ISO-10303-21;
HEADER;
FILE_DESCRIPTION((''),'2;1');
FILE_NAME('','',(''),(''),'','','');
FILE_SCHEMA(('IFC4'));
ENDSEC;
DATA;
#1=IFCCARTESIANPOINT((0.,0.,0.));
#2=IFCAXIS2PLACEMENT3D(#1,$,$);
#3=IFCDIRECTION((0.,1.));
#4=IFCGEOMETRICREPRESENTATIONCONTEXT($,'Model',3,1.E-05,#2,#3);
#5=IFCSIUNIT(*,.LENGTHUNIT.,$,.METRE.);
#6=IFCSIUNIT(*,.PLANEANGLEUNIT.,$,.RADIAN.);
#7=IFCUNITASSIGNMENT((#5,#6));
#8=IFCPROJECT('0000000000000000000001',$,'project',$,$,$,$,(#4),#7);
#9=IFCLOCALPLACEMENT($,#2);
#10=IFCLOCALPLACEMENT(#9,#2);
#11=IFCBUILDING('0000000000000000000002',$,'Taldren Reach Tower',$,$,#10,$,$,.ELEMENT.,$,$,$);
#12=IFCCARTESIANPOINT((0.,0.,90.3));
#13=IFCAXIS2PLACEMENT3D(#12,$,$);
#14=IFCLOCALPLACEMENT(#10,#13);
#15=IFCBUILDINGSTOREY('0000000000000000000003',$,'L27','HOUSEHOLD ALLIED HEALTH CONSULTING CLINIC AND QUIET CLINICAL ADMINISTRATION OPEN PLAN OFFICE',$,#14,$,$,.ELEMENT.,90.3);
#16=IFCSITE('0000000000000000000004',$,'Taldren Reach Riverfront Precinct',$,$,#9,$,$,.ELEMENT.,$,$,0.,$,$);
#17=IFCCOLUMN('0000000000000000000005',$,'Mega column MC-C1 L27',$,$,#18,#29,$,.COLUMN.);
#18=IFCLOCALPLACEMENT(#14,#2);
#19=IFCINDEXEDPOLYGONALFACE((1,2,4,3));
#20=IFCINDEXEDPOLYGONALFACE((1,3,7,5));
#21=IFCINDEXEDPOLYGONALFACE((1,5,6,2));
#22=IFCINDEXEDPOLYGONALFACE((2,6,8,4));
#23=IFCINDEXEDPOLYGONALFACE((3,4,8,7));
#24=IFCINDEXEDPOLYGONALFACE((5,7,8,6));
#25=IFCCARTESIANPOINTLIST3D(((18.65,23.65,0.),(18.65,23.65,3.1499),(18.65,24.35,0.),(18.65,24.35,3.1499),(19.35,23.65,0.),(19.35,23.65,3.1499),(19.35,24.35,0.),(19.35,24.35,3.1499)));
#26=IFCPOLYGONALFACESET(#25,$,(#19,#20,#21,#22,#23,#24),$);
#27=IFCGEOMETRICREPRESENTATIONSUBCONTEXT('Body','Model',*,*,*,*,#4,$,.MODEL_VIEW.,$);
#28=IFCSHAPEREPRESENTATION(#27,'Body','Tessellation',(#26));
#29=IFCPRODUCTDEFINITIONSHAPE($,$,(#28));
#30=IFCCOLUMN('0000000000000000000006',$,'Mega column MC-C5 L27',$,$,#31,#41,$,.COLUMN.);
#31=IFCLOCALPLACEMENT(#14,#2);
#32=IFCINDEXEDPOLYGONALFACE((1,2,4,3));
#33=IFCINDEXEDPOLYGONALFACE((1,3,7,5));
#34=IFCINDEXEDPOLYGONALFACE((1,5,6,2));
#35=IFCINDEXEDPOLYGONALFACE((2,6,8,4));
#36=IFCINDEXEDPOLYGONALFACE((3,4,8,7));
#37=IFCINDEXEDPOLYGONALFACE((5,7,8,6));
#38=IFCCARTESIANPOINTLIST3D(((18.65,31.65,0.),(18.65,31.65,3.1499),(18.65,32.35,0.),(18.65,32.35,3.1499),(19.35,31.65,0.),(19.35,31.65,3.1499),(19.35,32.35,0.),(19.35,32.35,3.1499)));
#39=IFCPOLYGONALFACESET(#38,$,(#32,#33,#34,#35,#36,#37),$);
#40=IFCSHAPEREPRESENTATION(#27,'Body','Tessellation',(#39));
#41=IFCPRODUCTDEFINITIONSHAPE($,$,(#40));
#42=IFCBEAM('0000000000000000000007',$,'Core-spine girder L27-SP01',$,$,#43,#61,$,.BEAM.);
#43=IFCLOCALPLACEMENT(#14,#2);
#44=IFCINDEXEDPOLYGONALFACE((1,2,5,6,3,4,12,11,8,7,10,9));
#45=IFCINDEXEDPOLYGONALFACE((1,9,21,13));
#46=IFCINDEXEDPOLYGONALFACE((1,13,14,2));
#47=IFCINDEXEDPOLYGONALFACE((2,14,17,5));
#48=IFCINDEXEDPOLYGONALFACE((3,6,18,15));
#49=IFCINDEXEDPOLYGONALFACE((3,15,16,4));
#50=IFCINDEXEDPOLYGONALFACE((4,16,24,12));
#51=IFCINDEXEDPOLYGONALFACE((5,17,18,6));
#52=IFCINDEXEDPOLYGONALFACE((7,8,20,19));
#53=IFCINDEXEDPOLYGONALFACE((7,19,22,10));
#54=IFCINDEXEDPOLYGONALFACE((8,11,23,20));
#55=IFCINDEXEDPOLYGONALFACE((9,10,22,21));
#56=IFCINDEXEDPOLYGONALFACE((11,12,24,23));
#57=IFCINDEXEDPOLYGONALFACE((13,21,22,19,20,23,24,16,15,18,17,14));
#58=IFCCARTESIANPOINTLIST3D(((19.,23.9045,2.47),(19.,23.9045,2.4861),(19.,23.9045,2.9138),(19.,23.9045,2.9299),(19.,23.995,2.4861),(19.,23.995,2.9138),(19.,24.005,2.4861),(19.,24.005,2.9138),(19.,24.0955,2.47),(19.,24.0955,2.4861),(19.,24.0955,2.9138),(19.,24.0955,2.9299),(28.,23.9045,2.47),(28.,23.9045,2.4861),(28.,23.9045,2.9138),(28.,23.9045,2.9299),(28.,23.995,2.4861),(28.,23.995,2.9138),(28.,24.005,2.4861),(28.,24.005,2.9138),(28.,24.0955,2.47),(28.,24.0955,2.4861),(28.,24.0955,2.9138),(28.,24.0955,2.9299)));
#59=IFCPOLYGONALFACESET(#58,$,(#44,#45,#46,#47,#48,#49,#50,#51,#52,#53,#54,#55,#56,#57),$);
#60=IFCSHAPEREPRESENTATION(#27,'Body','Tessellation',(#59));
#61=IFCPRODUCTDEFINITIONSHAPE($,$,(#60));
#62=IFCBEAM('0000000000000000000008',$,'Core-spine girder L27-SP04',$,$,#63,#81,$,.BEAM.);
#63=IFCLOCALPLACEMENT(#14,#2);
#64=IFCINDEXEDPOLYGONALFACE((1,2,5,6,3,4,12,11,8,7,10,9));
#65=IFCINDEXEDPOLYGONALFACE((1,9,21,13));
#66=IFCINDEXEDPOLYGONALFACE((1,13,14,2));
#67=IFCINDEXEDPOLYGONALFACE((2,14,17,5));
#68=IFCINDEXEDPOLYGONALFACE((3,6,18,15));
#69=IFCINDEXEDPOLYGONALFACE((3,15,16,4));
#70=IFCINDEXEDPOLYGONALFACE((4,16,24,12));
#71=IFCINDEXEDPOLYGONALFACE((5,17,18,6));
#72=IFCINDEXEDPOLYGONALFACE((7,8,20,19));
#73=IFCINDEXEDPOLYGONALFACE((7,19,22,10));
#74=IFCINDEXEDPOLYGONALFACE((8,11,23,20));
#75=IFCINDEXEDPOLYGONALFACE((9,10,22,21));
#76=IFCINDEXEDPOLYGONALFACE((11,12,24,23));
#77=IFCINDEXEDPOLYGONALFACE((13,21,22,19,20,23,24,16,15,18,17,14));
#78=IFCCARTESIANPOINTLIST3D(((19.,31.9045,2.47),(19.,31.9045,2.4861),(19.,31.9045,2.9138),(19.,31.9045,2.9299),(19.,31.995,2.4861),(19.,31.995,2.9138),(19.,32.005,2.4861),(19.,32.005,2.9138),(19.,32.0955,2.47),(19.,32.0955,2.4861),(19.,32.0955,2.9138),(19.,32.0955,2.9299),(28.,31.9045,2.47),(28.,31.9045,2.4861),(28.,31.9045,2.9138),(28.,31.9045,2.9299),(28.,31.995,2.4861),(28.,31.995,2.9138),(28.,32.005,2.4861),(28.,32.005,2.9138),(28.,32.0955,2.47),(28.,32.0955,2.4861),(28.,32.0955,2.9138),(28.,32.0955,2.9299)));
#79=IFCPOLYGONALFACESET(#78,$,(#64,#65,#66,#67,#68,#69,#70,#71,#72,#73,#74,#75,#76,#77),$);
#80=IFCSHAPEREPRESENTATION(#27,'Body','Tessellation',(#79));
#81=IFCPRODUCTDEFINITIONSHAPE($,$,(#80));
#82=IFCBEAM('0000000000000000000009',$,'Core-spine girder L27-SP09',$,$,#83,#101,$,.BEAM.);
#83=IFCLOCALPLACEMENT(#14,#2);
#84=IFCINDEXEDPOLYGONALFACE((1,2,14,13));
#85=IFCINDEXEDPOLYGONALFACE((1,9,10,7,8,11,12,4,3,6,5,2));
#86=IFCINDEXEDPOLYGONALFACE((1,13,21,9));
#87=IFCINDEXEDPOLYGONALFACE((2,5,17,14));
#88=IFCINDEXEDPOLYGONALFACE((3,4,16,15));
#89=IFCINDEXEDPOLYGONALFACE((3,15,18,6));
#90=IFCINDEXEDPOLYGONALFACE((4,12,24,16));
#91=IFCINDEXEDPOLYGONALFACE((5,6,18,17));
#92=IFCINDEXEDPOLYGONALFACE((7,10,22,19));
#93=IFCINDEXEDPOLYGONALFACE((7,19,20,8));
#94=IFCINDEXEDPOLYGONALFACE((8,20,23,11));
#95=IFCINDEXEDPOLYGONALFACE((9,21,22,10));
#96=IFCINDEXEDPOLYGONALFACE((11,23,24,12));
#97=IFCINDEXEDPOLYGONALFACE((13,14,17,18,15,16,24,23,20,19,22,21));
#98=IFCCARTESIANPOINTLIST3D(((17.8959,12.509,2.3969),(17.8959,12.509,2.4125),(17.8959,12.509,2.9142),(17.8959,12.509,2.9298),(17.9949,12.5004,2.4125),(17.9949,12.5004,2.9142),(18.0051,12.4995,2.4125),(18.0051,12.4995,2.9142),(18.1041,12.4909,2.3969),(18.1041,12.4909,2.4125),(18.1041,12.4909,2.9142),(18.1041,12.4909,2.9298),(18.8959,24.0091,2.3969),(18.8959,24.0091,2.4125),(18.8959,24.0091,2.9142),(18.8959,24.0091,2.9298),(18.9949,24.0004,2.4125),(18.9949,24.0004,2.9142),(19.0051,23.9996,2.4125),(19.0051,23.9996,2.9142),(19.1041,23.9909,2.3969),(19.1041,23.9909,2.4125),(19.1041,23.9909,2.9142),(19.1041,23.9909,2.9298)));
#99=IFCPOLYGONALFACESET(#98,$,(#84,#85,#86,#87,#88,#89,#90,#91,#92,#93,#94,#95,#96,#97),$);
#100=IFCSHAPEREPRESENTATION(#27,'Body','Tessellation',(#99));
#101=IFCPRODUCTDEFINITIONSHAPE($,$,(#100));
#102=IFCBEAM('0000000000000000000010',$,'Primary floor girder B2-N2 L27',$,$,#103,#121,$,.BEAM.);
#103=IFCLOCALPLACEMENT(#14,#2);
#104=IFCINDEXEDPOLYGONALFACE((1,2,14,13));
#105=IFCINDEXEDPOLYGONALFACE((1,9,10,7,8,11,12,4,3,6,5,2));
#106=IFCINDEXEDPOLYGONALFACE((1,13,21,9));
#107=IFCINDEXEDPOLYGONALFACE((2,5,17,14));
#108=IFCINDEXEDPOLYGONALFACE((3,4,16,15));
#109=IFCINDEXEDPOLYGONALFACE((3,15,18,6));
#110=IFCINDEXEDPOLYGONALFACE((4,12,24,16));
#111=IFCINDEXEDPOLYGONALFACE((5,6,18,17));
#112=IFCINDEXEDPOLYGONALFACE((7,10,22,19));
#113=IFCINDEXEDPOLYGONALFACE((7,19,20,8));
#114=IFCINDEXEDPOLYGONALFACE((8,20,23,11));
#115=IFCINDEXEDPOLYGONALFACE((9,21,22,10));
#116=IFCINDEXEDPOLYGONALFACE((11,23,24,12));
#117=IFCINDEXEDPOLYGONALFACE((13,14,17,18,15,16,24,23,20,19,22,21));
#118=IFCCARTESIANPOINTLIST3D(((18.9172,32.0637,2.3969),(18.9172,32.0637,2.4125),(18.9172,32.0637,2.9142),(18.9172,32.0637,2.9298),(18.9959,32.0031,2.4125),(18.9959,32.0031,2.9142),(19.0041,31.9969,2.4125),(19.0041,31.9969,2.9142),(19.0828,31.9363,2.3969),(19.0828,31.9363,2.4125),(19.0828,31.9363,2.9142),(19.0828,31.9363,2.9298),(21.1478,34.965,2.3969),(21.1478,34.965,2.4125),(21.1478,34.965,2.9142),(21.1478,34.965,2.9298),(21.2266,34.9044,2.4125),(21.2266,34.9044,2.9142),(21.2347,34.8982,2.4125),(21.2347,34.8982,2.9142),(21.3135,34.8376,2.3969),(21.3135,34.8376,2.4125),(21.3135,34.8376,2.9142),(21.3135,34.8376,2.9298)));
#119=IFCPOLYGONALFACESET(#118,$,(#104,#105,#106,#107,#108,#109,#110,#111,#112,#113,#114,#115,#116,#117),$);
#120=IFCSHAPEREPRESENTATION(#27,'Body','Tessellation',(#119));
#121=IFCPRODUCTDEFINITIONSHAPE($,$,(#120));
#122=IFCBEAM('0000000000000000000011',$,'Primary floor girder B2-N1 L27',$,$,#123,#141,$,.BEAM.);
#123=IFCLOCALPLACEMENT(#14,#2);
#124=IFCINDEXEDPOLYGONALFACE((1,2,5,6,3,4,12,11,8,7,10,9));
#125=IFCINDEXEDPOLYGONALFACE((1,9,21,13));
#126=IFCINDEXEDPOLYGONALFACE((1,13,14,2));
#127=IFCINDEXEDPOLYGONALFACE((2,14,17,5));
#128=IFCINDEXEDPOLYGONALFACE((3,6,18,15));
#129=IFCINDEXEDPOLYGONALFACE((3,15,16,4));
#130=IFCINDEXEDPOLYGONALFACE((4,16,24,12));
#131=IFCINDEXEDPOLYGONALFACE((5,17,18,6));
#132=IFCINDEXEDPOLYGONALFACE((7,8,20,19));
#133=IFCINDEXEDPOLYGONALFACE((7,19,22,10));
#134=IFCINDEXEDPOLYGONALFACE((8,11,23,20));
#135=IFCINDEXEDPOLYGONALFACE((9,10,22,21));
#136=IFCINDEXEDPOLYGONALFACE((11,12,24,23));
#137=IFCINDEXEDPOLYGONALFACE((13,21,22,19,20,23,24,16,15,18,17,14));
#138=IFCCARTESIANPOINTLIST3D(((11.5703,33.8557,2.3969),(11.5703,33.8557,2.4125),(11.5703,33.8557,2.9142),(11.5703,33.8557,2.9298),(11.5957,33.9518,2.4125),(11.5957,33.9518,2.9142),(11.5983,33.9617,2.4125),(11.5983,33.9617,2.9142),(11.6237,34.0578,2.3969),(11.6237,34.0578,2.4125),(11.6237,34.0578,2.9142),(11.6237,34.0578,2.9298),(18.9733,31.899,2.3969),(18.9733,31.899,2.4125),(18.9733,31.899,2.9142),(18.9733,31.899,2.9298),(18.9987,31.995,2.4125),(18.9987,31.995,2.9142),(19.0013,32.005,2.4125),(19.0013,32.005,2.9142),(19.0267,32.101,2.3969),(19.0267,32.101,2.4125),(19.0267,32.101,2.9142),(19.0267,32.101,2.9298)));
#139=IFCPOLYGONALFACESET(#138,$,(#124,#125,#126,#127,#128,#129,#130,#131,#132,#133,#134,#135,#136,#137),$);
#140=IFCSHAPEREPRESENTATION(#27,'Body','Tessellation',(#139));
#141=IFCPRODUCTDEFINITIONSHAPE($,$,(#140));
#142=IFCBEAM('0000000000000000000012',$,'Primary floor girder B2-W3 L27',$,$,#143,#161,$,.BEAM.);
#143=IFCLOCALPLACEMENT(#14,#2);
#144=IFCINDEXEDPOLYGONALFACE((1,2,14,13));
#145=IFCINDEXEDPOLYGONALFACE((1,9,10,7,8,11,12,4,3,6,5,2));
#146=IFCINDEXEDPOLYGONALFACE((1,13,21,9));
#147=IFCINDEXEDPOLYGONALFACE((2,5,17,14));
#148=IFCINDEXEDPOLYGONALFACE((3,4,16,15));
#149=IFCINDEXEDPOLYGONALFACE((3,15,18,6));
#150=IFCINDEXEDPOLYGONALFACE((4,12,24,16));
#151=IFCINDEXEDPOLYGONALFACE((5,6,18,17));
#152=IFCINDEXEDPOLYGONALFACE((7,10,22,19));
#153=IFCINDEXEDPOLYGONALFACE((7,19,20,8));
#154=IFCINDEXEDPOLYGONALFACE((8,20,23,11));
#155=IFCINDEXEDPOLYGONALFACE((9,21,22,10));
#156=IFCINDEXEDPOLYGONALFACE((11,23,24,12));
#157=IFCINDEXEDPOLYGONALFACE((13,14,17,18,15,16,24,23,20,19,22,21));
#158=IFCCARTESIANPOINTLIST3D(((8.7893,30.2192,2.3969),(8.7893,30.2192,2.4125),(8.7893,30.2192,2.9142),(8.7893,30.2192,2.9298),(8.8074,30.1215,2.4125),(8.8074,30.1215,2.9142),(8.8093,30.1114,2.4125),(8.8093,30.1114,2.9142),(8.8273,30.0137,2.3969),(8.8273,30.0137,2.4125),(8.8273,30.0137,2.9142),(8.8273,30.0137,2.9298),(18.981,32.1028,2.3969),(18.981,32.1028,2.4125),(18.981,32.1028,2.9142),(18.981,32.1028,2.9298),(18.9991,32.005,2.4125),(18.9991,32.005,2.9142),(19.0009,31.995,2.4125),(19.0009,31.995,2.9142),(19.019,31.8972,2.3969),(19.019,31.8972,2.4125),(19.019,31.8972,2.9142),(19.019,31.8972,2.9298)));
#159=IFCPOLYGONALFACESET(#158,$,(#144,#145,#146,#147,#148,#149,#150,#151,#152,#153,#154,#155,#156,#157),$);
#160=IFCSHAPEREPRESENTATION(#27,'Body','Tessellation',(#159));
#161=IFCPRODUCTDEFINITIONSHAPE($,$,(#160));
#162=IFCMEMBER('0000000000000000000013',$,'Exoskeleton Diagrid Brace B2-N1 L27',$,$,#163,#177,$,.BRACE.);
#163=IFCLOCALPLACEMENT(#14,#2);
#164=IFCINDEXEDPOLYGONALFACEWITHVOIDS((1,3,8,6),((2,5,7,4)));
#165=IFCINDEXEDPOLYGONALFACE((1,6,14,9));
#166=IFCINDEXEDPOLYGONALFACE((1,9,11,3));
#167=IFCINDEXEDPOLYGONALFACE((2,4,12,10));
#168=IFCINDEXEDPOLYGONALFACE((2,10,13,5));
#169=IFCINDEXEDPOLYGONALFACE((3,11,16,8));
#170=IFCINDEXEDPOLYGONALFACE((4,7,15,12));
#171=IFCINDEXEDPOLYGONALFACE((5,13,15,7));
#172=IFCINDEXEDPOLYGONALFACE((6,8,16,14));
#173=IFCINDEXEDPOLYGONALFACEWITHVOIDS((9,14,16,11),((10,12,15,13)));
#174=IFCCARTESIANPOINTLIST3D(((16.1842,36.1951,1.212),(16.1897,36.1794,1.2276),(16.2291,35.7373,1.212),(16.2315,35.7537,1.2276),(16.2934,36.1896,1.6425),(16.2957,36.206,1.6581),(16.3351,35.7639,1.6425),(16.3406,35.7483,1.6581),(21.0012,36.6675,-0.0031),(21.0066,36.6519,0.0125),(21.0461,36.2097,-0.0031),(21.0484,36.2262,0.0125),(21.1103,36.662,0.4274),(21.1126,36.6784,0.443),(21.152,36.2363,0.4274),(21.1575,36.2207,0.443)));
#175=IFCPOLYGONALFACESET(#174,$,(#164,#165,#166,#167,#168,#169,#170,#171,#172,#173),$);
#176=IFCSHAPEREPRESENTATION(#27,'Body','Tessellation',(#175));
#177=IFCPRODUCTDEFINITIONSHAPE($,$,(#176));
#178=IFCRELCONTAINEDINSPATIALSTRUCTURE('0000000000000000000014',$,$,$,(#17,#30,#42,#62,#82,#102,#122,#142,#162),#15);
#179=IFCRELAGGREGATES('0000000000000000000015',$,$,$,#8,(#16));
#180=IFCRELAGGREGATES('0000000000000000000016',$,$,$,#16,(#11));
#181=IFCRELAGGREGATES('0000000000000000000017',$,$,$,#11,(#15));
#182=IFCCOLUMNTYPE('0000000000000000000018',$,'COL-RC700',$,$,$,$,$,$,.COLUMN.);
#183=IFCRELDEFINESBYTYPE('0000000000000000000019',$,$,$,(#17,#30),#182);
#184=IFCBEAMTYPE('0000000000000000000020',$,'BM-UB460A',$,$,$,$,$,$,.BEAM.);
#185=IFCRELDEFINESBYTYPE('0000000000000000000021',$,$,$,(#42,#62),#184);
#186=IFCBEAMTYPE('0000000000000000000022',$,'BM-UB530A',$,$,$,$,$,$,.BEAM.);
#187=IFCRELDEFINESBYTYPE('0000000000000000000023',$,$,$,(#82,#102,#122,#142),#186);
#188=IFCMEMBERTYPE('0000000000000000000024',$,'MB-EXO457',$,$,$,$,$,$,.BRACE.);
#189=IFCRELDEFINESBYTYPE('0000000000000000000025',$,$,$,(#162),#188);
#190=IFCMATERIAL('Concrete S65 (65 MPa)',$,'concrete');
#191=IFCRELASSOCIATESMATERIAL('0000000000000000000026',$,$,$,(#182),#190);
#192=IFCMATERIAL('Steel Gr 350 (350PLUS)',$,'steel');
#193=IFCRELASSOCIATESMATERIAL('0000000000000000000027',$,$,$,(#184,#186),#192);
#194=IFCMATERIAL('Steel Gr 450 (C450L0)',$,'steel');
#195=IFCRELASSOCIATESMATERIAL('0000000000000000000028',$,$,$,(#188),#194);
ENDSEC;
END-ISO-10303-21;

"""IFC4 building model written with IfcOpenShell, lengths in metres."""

from ifc_helpers import new_model, si_unit, direction, frame, origin, origin_2d, place, context, subcontext, project, spatial, rectangle, hollow_rectangle, i_section, extrude, source, transform, mapped, material, material_profile, profile_set, type_object, element, save


model = new_model("IFC4")

# Units and contexts
model_context = context("Model", 3, precision=1e-05, world=origin(), true_north=direction((0.0, 1.0)))
body_context = subcontext(model_context, "Body", "Model", "MODEL_VIEW")
ifc_project = project(units=[si_unit("LENGTHUNIT", "METRE"), si_unit("PLANEANGLEUNIT", "RADIAN")], contexts=[model_context])

# Site, building, storey
site_placement = place(None, origin())
site = spatial("IfcSite", under=ifc_project, at=site_placement, Name="Taldren Reach Riverfront Precinct", CompositionType="ELEMENT", RefElevation=0.0)
building_placement = place(site_placement, origin())
building = spatial("IfcBuilding", under=site, at=building_placement, Name="Taldren Reach Tower", CompositionType="ELEMENT")
storey_placement = place(building_placement, frame((0.0, 0.0, 90.3)))
storey = spatial("IfcBuildingStorey", under=building, at=storey_placement, Name="L27", Description="HOUSEHOLD ALLIED HEALTH CONSULTING CLINIC AND QUIET CLINICAL ADMINISTRATION OPEN PLAN OFFICE", CompositionType="ELEMENT", Elevation=90.3)

# Columns
ifc_material_1 = material(Name="Concrete S65 (65 MPa)", Category="concrete")
ifc_material_profile_1 = material_profile(ifc_material_1, rectangle(XDim=0.7, YDim=0.7, at=origin_2d()), Name="RC-700x700")
ifc_profile_set_1 = profile_set([ifc_material_profile_1], Name="Concrete S65 (65 MPa)")
column_type = type_object("IfcColumnType", Name="COL-RC700", PredefinedType="COLUMN", material=ifc_profile_set_1)
shared_shape_1 = source(origin(), body_context, "Body", "SweptSolid", [
    extrude(rectangle(XDim=0.7, YDim=0.7, at=origin_2d()), origin(), (0.0, 0.0, 1.0), 3.1499),
])
for number, where, z_axis, x_axis, name in (
    (1, (19.0, 24.0, 0.0), (0.0, 0.0, 1.0), (1.0, 0.0, 0.0), "Mega column MC-C1 L27"),
    (2, (19.0, 32.0, 0.0), (0.0, 0.0, 1.0), (1.0, 0.0, 0.0), "Mega column MC-C5 L27"),
):
    element("IfcColumn", number, at=place(storey_placement, frame(where, z_axis=z_axis, x_axis=x_axis)), inside=storey, type_object=column_type, Name=name, PredefinedType="COLUMN", context=body_context, shape_type="MappedRepresentation", body=[
        mapped(shared_shape_1, transform((0.0, 0.0, 0.0), scale=1.0)),
    ])

# Beams
ifc_material_2 = material(Name="Steel Gr 350 (350PLUS)", Category="steel")
ifc_material_profile_2 = material_profile(ifc_material_2, i_section(OverallWidth=0.1909, OverallDepth=0.46, WebThickness=0.01, FlangeThickness=0.0161, at=origin_2d()), Name="460UB82.1")
ifc_profile_set_2 = profile_set([ifc_material_profile_2], Name="Steel Gr 350 (350PLUS)")
beam_type_1 = type_object("IfcBeamType", Name="BM-UB460A", PredefinedType="BEAM", material=ifc_profile_set_2)
shared_shape_2 = source(origin(), body_context, "Body", "SweptSolid", [
    extrude(i_section(OverallWidth=0.1909, OverallDepth=0.46, WebThickness=0.01, FlangeThickness=0.0161, at=origin_2d()), origin(), (0.0, 0.0, 1.0), 9.0),
])
for number, where, z_axis, x_axis, name in (
    (3, (19.0, 24.0, 2.7), (1.0, 0.0, 0.0), (0.0, 1.0, 0.0), "Core-spine girder L27-SP01"),
    (4, (19.0, 32.0, 2.7), (1.0, 0.0, 0.0), (0.0, 1.0, 0.0), "Core-spine girder L27-SP04"),
):
    element("IfcBeam", number, at=place(storey_placement, frame(where, z_axis=z_axis, x_axis=x_axis)), inside=storey, type_object=beam_type_1, Name=name, PredefinedType="BEAM", context=body_context, shape_type="MappedRepresentation", body=[
        mapped(shared_shape_2, transform((0.0, 0.0, 0.0), scale=1.0)),
    ])
ifc_material_profile_3 = material_profile(ifc_material_2, i_section(OverallWidth=0.209, OverallDepth=0.533, WebThickness=0.0103, FlangeThickness=0.0156, at=origin_2d()), Name="530UB92.4")
ifc_profile_set_3 = profile_set([ifc_material_profile_3], Name="Steel Gr 350 (350PLUS)")
beam_type_2 = type_object("IfcBeamType", Name="BM-UB530A", PredefinedType="BEAM", material=ifc_profile_set_3)
shared_shape_3 = source(origin(), body_context, "Body", "SweptSolid", [
    extrude(i_section(OverallWidth=0.209, OverallDepth=0.533, WebThickness=0.0103, FlangeThickness=0.0156, at=origin_2d()), origin(), (0.0, 0.0, 1.0), 11.5435),
])
beam_1_placement = place(storey_placement, frame((19.0, 24.0, 2.6633), z_axis=(-0.08663, -0.996241, 0.0), x_axis=(0.996241, -0.08663, 0.0)))
element("IfcBeam", 5, at=beam_1_placement, inside=storey, type_object=beam_type_2, Name="Core-spine girder L27-SP09", PredefinedType="BEAM", context=body_context, shape_type="MappedRepresentation", body=[
    mapped(shared_shape_3, transform((0.0, 0.0, 0.0), scale=1.0)),
])
shared_shape_4 = source(origin(), body_context, "Body", "SweptSolid", [
    extrude(i_section(OverallWidth=0.209, OverallDepth=0.533, WebThickness=0.0103, FlangeThickness=0.0156, at=origin_2d()), origin(), (0.0, 0.0, 1.0), 3.6597),
])
beam_2_placement = place(storey_placement, frame((19.0, 32.0, 2.6633), z_axis=(0.609521, 0.79277, 0.0), x_axis=(-0.79277, 0.609521, 0.0)))
element("IfcBeam", 6, at=beam_2_placement, inside=storey, type_object=beam_type_2, Name="Primary floor girder B2-N2 L27", PredefinedType="BEAM", context=body_context, shape_type="MappedRepresentation", body=[
    mapped(shared_shape_4, transform((0.0, 0.0, 0.0), scale=1.0)),
])
shared_shape_5 = source(origin(), body_context, "Body", "SweptSolid", [
    extrude(i_section(OverallWidth=0.209, OverallDepth=0.533, WebThickness=0.0103, FlangeThickness=0.0156, at=origin_2d()), origin(), (0.0, 0.0, 1.0), 7.6572),
])
beam_3_placement = place(storey_placement, frame((19.0, 32.0, 2.6633), z_axis=(-0.966797, 0.255545, 0.0), x_axis=(-0.255545, -0.966797, 0.0)))
element("IfcBeam", 7, at=beam_3_placement, inside=storey, type_object=beam_type_2, Name="Primary floor girder B2-N1 L27", PredefinedType="BEAM", context=body_context, shape_type="MappedRepresentation", body=[
    mapped(shared_shape_5, transform((0.0, 0.0, 0.0), scale=1.0)),
])
shared_shape_6 = source(origin(), body_context, "Body", "SweptSolid", [
    extrude(i_section(OverallWidth=0.209, OverallDepth=0.533, WebThickness=0.0103, FlangeThickness=0.0156, at=origin_2d()), origin(), (0.0, 0.0, 1.0), 10.3643),
])
beam_4_placement = place(storey_placement, frame((19.0, 32.0, 2.6633), z_axis=(-0.983348, -0.181735, 0.0), x_axis=(0.181735, -0.983348, 0.0)))
element("IfcBeam", 8, at=beam_4_placement, inside=storey, type_object=beam_type_2, Name="Primary floor girder B2-W3 L27", PredefinedType="BEAM", context=body_context, shape_type="MappedRepresentation", body=[
    mapped(shared_shape_6, transform((0.0, 0.0, 0.0), scale=1.0)),
])

# Member
ifc_material_3 = material(Name="Steel Gr 450 (C450L0)", Category="steel")
ifc_material_profile_4 = material_profile(ifc_material_3, hollow_rectangle(XDim=0.46, YDim=0.46, WallThickness=0.0161, at=origin_2d()), Name="460x460x16.0SHS")
ifc_profile_set_4 = profile_set([ifc_material_profile_4], Name="Steel Gr 450 (C450L0)")
member_type_1 = type_object("IfcMemberType", Name="MB-EXO457", PredefinedType="BRACE", material=ifc_profile_set_4)
shared_shape_7 = source(origin(), body_context, "Body", "SweptSolid", [
    extrude(hollow_rectangle(XDim=0.46, YDim=0.46, WallThickness=0.0161, at=origin_2d()), origin(), (0.0, 0.0, 1.0), 4.9902),
])
for number, where, z_axis, x_axis, name in (
    (9, (21.0793, 36.4441, 0.22), (-0.965271, -0.094668, 0.243495), (0.097606, -0.995225, 0.0), "Exoskeleton Diagrid Brace B2-N1 L27"),
):
    element("IfcMember", number, at=place(storey_placement, frame(where, z_axis=z_axis, x_axis=x_axis)), inside=storey, type_object=member_type_1, Name=name, PredefinedType="BRACE", context=body_context, shape_type="MappedRepresentation", body=[
        mapped(shared_shape_7, transform((0.0, 0.0, 0.0), scale=1.0)),
    ])

save(model, "model.ifc")
